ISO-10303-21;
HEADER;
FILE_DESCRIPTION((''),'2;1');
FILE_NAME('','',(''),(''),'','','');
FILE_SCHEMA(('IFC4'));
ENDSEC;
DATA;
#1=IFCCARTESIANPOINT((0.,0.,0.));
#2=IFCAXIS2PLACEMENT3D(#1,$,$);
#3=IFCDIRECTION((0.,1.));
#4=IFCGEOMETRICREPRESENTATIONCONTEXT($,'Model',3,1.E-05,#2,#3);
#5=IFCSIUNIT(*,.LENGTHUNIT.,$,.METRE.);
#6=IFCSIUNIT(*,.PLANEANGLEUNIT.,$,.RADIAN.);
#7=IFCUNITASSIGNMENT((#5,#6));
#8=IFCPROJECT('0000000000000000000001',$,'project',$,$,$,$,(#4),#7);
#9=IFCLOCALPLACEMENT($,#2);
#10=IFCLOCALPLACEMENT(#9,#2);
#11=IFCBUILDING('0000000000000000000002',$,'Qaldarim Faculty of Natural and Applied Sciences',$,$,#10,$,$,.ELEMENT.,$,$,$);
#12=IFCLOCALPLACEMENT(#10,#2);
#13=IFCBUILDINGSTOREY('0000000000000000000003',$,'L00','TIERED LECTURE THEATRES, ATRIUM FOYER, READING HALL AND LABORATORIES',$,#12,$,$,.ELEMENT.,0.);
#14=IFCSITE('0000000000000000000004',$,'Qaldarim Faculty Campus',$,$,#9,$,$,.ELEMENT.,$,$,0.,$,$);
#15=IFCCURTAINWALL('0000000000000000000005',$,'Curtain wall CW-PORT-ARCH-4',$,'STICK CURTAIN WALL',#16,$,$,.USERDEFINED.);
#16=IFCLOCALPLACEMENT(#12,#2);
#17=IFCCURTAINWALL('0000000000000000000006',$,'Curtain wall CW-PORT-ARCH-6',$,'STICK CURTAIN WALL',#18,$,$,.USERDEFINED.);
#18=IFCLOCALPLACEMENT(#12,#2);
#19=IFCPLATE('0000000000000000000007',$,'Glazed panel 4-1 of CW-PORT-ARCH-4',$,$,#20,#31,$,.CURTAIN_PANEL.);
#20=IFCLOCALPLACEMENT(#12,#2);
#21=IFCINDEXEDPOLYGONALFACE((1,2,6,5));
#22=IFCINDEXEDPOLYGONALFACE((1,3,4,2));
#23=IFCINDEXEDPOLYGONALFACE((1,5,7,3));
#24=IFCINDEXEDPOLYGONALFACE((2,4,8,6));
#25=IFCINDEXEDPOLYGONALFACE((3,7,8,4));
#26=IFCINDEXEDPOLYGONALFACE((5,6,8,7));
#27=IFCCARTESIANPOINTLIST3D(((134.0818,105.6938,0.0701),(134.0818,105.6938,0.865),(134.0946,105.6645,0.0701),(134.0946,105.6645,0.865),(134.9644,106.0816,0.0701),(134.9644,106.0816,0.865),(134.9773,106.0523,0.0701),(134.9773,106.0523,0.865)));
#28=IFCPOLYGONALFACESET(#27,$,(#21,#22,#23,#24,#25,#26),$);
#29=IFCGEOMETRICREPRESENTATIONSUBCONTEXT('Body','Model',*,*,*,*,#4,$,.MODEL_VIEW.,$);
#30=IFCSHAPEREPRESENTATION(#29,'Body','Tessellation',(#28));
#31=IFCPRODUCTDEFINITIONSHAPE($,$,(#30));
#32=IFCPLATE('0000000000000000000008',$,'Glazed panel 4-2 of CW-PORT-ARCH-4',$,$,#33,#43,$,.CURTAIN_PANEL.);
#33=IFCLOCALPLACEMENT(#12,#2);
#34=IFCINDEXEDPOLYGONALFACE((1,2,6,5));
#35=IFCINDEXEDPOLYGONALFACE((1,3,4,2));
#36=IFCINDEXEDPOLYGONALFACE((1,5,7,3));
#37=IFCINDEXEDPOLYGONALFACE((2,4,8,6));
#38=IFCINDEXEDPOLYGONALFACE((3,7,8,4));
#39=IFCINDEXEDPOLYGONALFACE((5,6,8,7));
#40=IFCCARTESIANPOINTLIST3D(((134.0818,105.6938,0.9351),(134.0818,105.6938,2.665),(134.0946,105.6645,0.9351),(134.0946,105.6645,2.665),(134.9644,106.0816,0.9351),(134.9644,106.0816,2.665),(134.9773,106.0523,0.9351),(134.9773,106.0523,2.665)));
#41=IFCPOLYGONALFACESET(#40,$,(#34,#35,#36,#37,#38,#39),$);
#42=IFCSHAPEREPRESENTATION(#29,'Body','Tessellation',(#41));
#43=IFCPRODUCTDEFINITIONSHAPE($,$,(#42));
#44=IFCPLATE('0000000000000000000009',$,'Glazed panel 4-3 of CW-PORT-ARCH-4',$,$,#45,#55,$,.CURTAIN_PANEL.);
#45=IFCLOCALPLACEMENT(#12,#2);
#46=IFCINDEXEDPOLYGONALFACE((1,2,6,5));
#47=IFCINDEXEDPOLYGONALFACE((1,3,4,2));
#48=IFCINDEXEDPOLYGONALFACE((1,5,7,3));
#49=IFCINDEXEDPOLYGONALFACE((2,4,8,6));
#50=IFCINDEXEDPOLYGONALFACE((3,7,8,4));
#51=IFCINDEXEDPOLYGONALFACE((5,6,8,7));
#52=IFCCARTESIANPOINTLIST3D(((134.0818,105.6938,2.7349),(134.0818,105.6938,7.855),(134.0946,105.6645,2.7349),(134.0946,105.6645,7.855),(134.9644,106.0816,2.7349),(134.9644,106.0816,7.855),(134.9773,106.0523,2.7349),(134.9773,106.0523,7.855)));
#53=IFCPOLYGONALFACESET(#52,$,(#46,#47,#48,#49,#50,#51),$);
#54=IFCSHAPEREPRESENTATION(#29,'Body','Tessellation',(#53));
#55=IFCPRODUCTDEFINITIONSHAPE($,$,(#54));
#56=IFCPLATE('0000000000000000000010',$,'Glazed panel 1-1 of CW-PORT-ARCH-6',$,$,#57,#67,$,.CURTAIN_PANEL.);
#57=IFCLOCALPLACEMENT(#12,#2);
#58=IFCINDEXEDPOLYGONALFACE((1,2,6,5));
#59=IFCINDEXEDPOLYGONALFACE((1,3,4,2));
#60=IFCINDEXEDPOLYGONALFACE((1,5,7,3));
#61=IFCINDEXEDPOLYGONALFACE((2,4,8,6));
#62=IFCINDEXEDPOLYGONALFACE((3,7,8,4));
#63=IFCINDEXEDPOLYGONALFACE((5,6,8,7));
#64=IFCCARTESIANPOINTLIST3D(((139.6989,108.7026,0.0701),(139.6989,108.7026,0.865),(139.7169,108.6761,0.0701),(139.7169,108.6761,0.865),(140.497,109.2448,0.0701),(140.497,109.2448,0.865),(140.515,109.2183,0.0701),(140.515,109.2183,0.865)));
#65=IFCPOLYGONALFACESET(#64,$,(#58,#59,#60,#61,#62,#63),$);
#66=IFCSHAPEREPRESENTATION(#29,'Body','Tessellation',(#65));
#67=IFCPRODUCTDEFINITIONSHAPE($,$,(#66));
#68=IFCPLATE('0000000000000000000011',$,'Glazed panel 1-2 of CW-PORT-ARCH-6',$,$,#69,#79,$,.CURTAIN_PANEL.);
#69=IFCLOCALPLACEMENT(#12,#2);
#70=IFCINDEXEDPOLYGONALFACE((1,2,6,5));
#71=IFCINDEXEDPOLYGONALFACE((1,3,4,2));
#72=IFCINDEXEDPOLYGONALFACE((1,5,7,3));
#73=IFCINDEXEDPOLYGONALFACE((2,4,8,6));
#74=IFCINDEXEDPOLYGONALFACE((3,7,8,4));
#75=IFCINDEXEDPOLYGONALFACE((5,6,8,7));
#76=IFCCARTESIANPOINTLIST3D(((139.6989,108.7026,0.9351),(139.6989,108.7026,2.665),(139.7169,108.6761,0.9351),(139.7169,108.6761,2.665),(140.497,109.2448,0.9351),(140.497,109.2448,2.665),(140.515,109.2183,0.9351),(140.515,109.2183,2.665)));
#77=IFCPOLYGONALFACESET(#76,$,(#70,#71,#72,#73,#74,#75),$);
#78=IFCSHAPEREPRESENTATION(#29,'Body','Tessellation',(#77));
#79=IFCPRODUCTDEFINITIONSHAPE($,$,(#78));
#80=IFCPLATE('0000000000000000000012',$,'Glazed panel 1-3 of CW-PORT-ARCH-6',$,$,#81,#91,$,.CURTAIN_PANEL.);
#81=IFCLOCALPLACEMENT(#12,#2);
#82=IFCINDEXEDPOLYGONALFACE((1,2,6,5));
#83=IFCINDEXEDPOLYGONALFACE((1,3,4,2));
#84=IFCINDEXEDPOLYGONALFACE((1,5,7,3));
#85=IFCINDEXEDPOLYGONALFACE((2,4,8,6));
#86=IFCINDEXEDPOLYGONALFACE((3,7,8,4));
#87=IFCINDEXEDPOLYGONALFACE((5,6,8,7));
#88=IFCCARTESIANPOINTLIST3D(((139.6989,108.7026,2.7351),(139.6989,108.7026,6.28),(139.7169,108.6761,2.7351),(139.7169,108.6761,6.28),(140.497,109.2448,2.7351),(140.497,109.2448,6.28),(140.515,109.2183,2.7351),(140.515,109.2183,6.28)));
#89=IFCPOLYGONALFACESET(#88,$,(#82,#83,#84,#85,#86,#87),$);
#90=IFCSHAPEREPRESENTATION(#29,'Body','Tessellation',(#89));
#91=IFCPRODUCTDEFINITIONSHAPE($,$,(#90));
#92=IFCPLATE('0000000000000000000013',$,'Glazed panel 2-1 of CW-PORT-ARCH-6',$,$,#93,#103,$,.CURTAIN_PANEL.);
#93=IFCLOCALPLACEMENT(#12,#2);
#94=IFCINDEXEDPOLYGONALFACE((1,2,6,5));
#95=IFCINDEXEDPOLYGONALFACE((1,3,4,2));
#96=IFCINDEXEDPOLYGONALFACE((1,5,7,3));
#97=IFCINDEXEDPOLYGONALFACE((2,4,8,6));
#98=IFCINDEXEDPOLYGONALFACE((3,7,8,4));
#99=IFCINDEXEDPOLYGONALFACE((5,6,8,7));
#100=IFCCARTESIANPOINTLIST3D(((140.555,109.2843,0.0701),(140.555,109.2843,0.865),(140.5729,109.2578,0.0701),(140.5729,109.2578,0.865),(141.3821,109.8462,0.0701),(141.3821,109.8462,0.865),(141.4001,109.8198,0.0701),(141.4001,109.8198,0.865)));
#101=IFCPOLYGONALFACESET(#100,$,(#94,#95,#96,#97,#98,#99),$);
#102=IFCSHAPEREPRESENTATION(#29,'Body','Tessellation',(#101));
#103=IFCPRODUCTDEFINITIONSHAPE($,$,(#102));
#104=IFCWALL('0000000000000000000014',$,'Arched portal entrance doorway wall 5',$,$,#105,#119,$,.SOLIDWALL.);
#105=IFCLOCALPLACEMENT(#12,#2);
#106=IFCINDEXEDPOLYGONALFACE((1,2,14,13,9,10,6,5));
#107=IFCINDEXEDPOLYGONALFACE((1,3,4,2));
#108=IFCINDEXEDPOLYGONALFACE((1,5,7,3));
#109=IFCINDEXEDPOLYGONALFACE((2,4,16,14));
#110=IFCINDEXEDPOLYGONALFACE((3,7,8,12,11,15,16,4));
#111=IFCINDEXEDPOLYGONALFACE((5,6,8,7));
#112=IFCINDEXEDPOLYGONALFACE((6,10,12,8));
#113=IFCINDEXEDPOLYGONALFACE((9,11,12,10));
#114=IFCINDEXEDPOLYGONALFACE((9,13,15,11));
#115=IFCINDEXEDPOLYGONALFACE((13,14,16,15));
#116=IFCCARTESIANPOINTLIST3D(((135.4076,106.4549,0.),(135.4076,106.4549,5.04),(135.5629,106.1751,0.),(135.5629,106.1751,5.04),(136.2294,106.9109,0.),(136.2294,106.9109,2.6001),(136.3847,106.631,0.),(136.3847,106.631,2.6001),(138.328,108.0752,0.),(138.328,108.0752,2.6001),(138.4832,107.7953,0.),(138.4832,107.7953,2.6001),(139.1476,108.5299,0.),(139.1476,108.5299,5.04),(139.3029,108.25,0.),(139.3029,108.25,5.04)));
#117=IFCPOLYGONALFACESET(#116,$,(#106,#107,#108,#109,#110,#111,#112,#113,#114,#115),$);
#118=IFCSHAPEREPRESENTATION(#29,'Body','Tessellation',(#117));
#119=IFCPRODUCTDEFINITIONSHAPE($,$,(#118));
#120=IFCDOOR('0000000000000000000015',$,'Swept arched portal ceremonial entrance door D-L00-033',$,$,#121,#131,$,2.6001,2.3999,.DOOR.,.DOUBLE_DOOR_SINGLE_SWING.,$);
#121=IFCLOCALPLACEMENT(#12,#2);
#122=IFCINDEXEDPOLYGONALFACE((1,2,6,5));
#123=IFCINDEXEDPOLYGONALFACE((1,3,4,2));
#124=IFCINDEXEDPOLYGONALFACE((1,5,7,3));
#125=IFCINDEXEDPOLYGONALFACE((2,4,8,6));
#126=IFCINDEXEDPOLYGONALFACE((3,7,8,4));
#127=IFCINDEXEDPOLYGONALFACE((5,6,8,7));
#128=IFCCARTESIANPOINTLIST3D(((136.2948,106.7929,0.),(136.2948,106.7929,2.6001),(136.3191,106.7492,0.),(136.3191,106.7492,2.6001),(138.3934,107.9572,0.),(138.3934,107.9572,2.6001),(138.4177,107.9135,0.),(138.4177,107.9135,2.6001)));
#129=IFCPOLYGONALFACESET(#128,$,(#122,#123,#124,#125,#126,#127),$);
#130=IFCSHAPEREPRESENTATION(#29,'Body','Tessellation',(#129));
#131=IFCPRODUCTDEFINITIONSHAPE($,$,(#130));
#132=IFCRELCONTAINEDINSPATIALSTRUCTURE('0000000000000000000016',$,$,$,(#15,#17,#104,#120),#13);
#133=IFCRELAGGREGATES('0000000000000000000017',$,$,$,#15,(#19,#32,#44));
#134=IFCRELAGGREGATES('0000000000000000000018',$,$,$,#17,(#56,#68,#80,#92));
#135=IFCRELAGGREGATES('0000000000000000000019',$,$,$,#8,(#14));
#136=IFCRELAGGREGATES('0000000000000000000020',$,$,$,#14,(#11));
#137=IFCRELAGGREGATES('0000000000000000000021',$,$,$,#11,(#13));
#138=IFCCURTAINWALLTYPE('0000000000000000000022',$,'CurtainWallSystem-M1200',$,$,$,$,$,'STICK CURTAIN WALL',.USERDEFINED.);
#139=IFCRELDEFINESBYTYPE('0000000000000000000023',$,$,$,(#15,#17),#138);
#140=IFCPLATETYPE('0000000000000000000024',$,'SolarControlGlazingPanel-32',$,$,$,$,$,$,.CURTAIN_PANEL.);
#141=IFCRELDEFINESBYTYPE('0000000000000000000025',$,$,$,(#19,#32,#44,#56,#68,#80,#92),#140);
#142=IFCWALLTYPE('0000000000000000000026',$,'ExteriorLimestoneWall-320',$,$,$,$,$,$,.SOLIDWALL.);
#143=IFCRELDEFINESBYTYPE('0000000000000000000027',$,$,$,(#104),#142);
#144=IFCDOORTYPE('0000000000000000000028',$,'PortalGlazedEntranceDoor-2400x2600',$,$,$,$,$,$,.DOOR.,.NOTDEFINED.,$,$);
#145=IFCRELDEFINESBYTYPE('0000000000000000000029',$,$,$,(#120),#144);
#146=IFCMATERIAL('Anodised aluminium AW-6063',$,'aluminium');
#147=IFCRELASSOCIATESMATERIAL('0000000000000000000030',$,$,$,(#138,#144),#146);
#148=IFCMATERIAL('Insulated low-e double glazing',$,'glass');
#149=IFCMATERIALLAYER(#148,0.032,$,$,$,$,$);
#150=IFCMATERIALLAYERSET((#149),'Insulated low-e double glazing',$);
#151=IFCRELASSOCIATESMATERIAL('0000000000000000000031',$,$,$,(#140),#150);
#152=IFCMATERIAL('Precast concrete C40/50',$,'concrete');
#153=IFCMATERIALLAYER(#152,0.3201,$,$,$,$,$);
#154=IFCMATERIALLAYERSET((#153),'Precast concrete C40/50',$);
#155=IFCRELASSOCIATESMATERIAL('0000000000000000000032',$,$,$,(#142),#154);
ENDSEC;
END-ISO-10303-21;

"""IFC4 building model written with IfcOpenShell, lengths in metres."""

from ifc_helpers import new_model, si_unit, direction, frame, frame_2d, origin, origin_2d, place, context, subcontext, project, spatial, rectangle, extrude, material, layer, layer_set, type_object, element, fill, aggregate, save


model = new_model("IFC4")

# Units and contexts
model_context = context("Model", 3, precision=1e-05, world=origin(), true_north=direction((0.0, 1.0)))
body_context = subcontext(model_context, "Body", "Model", "MODEL_VIEW")
ifc_project = project(units=[si_unit("LENGTHUNIT", "METRE"), si_unit("PLANEANGLEUNIT", "RADIAN")], contexts=[model_context])

# Site, building, storey
site_placement = place(None, origin())
site = spatial("IfcSite", under=ifc_project, at=site_placement, Name="Qaldarim Faculty Campus", CompositionType="ELEMENT", RefElevation=0.0)
building_placement = place(site_placement, origin())
building = spatial("IfcBuilding", under=site, at=building_placement, Name="Qaldarim Faculty of Natural and Applied Sciences", CompositionType="ELEMENT")
storey_placement = place(building_placement, origin())
storey = spatial("IfcBuildingStorey", under=building, at=storey_placement, Name="L00", Description="TIERED LECTURE THEATRES, ATRIUM FOYER, READING HALL AND LABORATORIES", CompositionType="ELEMENT", Elevation=0.0)

# Curtain walls
ifc_material_1 = material(Name="Anodised aluminium AW-6063", Category="aluminium")
curtain_wall_type = type_object("IfcCurtainWallType", Name="CurtainWallSystem-M1200", ElementType="STICK CURTAIN WALL", PredefinedType="USERDEFINED", material=ifc_material_1)
curtain_wall_1_placement = place(storey_placement, origin())
curtain_wall_1 = element("IfcCurtainWall", 1, at=curtain_wall_1_placement, inside=storey, type_object=curtain_wall_type, Name="Curtain wall CW-PORT-ARCH-4", ObjectType="STICK CURTAIN WALL", PredefinedType="USERDEFINED")
curtain_wall_2_placement = place(storey_placement, origin())
curtain_wall_2 = element("IfcCurtainWall", 2, at=curtain_wall_2_placement, inside=storey, type_object=curtain_wall_type, Name="Curtain wall CW-PORT-ARCH-6", ObjectType="STICK CURTAIN WALL", PredefinedType="USERDEFINED")

# Plates
ifc_material_2 = material(Name="Insulated low-e double glazing", Category="glass")
ifc_layer_1 = layer(ifc_material_2, 0.032)
ifc_layer_set_1 = layer_set([ifc_layer_1], Name="Insulated low-e double glazing")
plate_type = type_object("IfcPlateType", Name="SolarControlGlazingPanel-32", PredefinedType="CURTAIN_PANEL", material=ifc_layer_set_1)
plate_1_placement = place(storey_placement, frame((134.5295, 105.873, 0.0701), z_axis=(0.0, 0.0, 1.0), x_axis=(0.915536, 0.402235, 0.0)))
plate_1 = element("IfcPlate", 3, at=plate_1_placement, type_object=plate_type, Name="Glazed panel 4-1 of CW-PORT-ARCH-4", PredefinedType="CURTAIN_PANEL", context=body_context, shape_type="SweptSolid", body=[
    extrude(rectangle(XDim=0.9641, YDim=0.032, at=origin_2d()), origin(), (0.0, 0.0, 1.0), 0.7949),
])
plate_2_placement = place(storey_placement, frame((134.5295, 105.873, 0.9351), z_axis=(0.0, 0.0, 1.0), x_axis=(0.915536, 0.402235, 0.0)))
plate_2 = element("IfcPlate", 4, at=plate_2_placement, type_object=plate_type, Name="Glazed panel 4-2 of CW-PORT-ARCH-4", PredefinedType="CURTAIN_PANEL", context=body_context, shape_type="SweptSolid", body=[
    extrude(rectangle(XDim=0.9641, YDim=0.032, at=origin_2d()), origin(), (0.0, 0.0, 1.0), 1.73),
])
plate_3_placement = place(storey_placement, frame((134.5295, 105.873, 2.7349), z_axis=(0.0, 0.0, 1.0), x_axis=(0.915536, 0.402235, 0.0)))
plate_3 = element("IfcPlate", 5, at=plate_3_placement, type_object=plate_type, Name="Glazed panel 4-3 of CW-PORT-ARCH-4", PredefinedType="CURTAIN_PANEL", context=body_context, shape_type="SweptSolid", body=[
    extrude(rectangle(XDim=0.9641, YDim=0.032, at=origin_2d()), origin(), (0.0, 0.0, 1.0), 5.1201),
])
aggregate(curtain_wall_1, [plate_1, plate_2, plate_3])
plate_4_placement = place(storey_placement, frame((140.1069, 108.9604, 0.0701), z_axis=(0.0, 0.0, 1.0), x_axis=(0.827169, 0.561953, 0.0)))
plate_4 = element("IfcPlate", 6, at=plate_4_placement, type_object=plate_type, Name="Glazed panel 1-1 of CW-PORT-ARCH-6", PredefinedType="CURTAIN_PANEL", context=body_context, shape_type="SweptSolid", body=[
    extrude(rectangle(XDim=0.9648, YDim=0.032, at=origin_2d()), origin(), (0.0, 0.0, 1.0), 0.7949),
])
plate_5_placement = place(storey_placement, frame((140.1069, 108.9604, 0.9351), z_axis=(0.0, 0.0, 1.0), x_axis=(0.827169, 0.561953, 0.0)))
plate_5 = element("IfcPlate", 7, at=plate_5_placement, type_object=plate_type, Name="Glazed panel 1-2 of CW-PORT-ARCH-6", PredefinedType="CURTAIN_PANEL", context=body_context, shape_type="SweptSolid", body=[
    extrude(rectangle(XDim=0.9648, YDim=0.032, at=origin_2d()), origin(), (0.0, 0.0, 1.0), 1.73),
])
plate_6_placement = place(storey_placement, frame((140.1069, 108.9604, 2.7351), z_axis=(0.0, 0.0, 1.0), x_axis=(0.827169, 0.561953, 0.0)))
plate_6 = element("IfcPlate", 8, at=plate_6_placement, type_object=plate_type, Name="Glazed panel 1-3 of CW-PORT-ARCH-6", PredefinedType="CURTAIN_PANEL", context=body_context, shape_type="SweptSolid", body=[
    extrude(rectangle(XDim=0.9648, YDim=0.032, at=origin_2d()), origin(), (0.0, 0.0, 1.0), 3.5449),
])
plate_7_placement = place(storey_placement, frame((140.9775, 109.552, 0.0701), z_axis=(0.0, 0.0, 1.0), x_axis=(0.827169, 0.561953, 0.0)))
plate_7 = element("IfcPlate", 9, at=plate_7_placement, type_object=plate_type, Name="Glazed panel 2-1 of CW-PORT-ARCH-6", PredefinedType="CURTAIN_PANEL", context=body_context, shape_type="SweptSolid", body=[
    extrude(rectangle(XDim=1.0, YDim=0.032, at=origin_2d()), origin(), (0.0, 0.0, 1.0), 0.7949),
])
aggregate(curtain_wall_2, [plate_4, plate_5, plate_6, plate_7])

# Wall, opening, door
ifc_material_3 = material(Name="Precast concrete C40/50", Category="concrete")
ifc_layer_2 = layer(ifc_material_3, 0.3201)
ifc_layer_set_2 = layer_set([ifc_layer_2], Name="Precast concrete C40/50")
wall_type = type_object("IfcWallType", Name="ExteriorLimestoneWall-320", PredefinedType="SOLIDWALL", material=ifc_layer_set_2)
wall_placement = place(storey_placement, frame((135.4851, 106.3149, 0.0), z_axis=(0.0, 0.0, 1.0), x_axis=(0.874437, 0.485139, 0.0)))
wall = element("IfcWall", 10, at=wall_placement, inside=storey, type_object=wall_type, Name="Arched portal entrance doorway wall 5", PredefinedType="SOLIDWALL", context=body_context, shape_type="SweptSolid", body=[
    extrude(rectangle(XDim=4.2771, YDim=0.3201, at=frame_2d((2.1387, 0.0))), origin(), (0.0, 0.0, 1.0), 5.04),
])
opening_placement = place(wall_placement, frame((0.9399, 0.0, 0.0)))
opening = element("IfcOpeningElement", 11, at=opening_placement, cuts=wall, PredefinedType="OPENING", context=body_context, shape_type="SweptSolid", body=[
    extrude(rectangle(XDim=2.3999, YDim=2.6001, at=frame_2d((1.2, 1.3))), frame((0.0, 0.1699, 0.0), z_axis=(0.0, -1.0, 0.0), x_axis=(1.0, 0.0, 0.0)), (0.0, 0.0, 1.0), 0.3401),
])
door_type = type_object("IfcDoorType", Name="PortalGlazedEntranceDoor-2400x2600", OperationType="NOTDEFINED", PredefinedType="DOOR", material=ifc_material_1)
door_placement = place(opening_placement, frame((2.3999, 0.0, 0.0), z_axis=(0.0, 0.0, 1.0), x_axis=(-1.0, 0.0, 0.0)))
door = element("IfcDoor", 12, at=door_placement, inside=storey, type_object=door_type, Name="Swept arched portal ceremonial entrance door D-L00-033", OperationType="DOUBLE_DOOR_SINGLE_SWING", OverallHeight=2.6001, OverallWidth=2.3999, PredefinedType="DOOR", context=body_context, shape_type="SweptSolid", body=[
    extrude(rectangle(XDim=2.3999, YDim=2.6001, at=frame_2d((1.2, 1.3))), frame((0.0, 0.0249, 0.0), z_axis=(0.0, -1.0, 0.0), x_axis=(1.0, 0.0, 0.0)), (0.0, 0.0, 1.0), 0.05),
])
fill(opening, door)

save(model, "model.ifc")
